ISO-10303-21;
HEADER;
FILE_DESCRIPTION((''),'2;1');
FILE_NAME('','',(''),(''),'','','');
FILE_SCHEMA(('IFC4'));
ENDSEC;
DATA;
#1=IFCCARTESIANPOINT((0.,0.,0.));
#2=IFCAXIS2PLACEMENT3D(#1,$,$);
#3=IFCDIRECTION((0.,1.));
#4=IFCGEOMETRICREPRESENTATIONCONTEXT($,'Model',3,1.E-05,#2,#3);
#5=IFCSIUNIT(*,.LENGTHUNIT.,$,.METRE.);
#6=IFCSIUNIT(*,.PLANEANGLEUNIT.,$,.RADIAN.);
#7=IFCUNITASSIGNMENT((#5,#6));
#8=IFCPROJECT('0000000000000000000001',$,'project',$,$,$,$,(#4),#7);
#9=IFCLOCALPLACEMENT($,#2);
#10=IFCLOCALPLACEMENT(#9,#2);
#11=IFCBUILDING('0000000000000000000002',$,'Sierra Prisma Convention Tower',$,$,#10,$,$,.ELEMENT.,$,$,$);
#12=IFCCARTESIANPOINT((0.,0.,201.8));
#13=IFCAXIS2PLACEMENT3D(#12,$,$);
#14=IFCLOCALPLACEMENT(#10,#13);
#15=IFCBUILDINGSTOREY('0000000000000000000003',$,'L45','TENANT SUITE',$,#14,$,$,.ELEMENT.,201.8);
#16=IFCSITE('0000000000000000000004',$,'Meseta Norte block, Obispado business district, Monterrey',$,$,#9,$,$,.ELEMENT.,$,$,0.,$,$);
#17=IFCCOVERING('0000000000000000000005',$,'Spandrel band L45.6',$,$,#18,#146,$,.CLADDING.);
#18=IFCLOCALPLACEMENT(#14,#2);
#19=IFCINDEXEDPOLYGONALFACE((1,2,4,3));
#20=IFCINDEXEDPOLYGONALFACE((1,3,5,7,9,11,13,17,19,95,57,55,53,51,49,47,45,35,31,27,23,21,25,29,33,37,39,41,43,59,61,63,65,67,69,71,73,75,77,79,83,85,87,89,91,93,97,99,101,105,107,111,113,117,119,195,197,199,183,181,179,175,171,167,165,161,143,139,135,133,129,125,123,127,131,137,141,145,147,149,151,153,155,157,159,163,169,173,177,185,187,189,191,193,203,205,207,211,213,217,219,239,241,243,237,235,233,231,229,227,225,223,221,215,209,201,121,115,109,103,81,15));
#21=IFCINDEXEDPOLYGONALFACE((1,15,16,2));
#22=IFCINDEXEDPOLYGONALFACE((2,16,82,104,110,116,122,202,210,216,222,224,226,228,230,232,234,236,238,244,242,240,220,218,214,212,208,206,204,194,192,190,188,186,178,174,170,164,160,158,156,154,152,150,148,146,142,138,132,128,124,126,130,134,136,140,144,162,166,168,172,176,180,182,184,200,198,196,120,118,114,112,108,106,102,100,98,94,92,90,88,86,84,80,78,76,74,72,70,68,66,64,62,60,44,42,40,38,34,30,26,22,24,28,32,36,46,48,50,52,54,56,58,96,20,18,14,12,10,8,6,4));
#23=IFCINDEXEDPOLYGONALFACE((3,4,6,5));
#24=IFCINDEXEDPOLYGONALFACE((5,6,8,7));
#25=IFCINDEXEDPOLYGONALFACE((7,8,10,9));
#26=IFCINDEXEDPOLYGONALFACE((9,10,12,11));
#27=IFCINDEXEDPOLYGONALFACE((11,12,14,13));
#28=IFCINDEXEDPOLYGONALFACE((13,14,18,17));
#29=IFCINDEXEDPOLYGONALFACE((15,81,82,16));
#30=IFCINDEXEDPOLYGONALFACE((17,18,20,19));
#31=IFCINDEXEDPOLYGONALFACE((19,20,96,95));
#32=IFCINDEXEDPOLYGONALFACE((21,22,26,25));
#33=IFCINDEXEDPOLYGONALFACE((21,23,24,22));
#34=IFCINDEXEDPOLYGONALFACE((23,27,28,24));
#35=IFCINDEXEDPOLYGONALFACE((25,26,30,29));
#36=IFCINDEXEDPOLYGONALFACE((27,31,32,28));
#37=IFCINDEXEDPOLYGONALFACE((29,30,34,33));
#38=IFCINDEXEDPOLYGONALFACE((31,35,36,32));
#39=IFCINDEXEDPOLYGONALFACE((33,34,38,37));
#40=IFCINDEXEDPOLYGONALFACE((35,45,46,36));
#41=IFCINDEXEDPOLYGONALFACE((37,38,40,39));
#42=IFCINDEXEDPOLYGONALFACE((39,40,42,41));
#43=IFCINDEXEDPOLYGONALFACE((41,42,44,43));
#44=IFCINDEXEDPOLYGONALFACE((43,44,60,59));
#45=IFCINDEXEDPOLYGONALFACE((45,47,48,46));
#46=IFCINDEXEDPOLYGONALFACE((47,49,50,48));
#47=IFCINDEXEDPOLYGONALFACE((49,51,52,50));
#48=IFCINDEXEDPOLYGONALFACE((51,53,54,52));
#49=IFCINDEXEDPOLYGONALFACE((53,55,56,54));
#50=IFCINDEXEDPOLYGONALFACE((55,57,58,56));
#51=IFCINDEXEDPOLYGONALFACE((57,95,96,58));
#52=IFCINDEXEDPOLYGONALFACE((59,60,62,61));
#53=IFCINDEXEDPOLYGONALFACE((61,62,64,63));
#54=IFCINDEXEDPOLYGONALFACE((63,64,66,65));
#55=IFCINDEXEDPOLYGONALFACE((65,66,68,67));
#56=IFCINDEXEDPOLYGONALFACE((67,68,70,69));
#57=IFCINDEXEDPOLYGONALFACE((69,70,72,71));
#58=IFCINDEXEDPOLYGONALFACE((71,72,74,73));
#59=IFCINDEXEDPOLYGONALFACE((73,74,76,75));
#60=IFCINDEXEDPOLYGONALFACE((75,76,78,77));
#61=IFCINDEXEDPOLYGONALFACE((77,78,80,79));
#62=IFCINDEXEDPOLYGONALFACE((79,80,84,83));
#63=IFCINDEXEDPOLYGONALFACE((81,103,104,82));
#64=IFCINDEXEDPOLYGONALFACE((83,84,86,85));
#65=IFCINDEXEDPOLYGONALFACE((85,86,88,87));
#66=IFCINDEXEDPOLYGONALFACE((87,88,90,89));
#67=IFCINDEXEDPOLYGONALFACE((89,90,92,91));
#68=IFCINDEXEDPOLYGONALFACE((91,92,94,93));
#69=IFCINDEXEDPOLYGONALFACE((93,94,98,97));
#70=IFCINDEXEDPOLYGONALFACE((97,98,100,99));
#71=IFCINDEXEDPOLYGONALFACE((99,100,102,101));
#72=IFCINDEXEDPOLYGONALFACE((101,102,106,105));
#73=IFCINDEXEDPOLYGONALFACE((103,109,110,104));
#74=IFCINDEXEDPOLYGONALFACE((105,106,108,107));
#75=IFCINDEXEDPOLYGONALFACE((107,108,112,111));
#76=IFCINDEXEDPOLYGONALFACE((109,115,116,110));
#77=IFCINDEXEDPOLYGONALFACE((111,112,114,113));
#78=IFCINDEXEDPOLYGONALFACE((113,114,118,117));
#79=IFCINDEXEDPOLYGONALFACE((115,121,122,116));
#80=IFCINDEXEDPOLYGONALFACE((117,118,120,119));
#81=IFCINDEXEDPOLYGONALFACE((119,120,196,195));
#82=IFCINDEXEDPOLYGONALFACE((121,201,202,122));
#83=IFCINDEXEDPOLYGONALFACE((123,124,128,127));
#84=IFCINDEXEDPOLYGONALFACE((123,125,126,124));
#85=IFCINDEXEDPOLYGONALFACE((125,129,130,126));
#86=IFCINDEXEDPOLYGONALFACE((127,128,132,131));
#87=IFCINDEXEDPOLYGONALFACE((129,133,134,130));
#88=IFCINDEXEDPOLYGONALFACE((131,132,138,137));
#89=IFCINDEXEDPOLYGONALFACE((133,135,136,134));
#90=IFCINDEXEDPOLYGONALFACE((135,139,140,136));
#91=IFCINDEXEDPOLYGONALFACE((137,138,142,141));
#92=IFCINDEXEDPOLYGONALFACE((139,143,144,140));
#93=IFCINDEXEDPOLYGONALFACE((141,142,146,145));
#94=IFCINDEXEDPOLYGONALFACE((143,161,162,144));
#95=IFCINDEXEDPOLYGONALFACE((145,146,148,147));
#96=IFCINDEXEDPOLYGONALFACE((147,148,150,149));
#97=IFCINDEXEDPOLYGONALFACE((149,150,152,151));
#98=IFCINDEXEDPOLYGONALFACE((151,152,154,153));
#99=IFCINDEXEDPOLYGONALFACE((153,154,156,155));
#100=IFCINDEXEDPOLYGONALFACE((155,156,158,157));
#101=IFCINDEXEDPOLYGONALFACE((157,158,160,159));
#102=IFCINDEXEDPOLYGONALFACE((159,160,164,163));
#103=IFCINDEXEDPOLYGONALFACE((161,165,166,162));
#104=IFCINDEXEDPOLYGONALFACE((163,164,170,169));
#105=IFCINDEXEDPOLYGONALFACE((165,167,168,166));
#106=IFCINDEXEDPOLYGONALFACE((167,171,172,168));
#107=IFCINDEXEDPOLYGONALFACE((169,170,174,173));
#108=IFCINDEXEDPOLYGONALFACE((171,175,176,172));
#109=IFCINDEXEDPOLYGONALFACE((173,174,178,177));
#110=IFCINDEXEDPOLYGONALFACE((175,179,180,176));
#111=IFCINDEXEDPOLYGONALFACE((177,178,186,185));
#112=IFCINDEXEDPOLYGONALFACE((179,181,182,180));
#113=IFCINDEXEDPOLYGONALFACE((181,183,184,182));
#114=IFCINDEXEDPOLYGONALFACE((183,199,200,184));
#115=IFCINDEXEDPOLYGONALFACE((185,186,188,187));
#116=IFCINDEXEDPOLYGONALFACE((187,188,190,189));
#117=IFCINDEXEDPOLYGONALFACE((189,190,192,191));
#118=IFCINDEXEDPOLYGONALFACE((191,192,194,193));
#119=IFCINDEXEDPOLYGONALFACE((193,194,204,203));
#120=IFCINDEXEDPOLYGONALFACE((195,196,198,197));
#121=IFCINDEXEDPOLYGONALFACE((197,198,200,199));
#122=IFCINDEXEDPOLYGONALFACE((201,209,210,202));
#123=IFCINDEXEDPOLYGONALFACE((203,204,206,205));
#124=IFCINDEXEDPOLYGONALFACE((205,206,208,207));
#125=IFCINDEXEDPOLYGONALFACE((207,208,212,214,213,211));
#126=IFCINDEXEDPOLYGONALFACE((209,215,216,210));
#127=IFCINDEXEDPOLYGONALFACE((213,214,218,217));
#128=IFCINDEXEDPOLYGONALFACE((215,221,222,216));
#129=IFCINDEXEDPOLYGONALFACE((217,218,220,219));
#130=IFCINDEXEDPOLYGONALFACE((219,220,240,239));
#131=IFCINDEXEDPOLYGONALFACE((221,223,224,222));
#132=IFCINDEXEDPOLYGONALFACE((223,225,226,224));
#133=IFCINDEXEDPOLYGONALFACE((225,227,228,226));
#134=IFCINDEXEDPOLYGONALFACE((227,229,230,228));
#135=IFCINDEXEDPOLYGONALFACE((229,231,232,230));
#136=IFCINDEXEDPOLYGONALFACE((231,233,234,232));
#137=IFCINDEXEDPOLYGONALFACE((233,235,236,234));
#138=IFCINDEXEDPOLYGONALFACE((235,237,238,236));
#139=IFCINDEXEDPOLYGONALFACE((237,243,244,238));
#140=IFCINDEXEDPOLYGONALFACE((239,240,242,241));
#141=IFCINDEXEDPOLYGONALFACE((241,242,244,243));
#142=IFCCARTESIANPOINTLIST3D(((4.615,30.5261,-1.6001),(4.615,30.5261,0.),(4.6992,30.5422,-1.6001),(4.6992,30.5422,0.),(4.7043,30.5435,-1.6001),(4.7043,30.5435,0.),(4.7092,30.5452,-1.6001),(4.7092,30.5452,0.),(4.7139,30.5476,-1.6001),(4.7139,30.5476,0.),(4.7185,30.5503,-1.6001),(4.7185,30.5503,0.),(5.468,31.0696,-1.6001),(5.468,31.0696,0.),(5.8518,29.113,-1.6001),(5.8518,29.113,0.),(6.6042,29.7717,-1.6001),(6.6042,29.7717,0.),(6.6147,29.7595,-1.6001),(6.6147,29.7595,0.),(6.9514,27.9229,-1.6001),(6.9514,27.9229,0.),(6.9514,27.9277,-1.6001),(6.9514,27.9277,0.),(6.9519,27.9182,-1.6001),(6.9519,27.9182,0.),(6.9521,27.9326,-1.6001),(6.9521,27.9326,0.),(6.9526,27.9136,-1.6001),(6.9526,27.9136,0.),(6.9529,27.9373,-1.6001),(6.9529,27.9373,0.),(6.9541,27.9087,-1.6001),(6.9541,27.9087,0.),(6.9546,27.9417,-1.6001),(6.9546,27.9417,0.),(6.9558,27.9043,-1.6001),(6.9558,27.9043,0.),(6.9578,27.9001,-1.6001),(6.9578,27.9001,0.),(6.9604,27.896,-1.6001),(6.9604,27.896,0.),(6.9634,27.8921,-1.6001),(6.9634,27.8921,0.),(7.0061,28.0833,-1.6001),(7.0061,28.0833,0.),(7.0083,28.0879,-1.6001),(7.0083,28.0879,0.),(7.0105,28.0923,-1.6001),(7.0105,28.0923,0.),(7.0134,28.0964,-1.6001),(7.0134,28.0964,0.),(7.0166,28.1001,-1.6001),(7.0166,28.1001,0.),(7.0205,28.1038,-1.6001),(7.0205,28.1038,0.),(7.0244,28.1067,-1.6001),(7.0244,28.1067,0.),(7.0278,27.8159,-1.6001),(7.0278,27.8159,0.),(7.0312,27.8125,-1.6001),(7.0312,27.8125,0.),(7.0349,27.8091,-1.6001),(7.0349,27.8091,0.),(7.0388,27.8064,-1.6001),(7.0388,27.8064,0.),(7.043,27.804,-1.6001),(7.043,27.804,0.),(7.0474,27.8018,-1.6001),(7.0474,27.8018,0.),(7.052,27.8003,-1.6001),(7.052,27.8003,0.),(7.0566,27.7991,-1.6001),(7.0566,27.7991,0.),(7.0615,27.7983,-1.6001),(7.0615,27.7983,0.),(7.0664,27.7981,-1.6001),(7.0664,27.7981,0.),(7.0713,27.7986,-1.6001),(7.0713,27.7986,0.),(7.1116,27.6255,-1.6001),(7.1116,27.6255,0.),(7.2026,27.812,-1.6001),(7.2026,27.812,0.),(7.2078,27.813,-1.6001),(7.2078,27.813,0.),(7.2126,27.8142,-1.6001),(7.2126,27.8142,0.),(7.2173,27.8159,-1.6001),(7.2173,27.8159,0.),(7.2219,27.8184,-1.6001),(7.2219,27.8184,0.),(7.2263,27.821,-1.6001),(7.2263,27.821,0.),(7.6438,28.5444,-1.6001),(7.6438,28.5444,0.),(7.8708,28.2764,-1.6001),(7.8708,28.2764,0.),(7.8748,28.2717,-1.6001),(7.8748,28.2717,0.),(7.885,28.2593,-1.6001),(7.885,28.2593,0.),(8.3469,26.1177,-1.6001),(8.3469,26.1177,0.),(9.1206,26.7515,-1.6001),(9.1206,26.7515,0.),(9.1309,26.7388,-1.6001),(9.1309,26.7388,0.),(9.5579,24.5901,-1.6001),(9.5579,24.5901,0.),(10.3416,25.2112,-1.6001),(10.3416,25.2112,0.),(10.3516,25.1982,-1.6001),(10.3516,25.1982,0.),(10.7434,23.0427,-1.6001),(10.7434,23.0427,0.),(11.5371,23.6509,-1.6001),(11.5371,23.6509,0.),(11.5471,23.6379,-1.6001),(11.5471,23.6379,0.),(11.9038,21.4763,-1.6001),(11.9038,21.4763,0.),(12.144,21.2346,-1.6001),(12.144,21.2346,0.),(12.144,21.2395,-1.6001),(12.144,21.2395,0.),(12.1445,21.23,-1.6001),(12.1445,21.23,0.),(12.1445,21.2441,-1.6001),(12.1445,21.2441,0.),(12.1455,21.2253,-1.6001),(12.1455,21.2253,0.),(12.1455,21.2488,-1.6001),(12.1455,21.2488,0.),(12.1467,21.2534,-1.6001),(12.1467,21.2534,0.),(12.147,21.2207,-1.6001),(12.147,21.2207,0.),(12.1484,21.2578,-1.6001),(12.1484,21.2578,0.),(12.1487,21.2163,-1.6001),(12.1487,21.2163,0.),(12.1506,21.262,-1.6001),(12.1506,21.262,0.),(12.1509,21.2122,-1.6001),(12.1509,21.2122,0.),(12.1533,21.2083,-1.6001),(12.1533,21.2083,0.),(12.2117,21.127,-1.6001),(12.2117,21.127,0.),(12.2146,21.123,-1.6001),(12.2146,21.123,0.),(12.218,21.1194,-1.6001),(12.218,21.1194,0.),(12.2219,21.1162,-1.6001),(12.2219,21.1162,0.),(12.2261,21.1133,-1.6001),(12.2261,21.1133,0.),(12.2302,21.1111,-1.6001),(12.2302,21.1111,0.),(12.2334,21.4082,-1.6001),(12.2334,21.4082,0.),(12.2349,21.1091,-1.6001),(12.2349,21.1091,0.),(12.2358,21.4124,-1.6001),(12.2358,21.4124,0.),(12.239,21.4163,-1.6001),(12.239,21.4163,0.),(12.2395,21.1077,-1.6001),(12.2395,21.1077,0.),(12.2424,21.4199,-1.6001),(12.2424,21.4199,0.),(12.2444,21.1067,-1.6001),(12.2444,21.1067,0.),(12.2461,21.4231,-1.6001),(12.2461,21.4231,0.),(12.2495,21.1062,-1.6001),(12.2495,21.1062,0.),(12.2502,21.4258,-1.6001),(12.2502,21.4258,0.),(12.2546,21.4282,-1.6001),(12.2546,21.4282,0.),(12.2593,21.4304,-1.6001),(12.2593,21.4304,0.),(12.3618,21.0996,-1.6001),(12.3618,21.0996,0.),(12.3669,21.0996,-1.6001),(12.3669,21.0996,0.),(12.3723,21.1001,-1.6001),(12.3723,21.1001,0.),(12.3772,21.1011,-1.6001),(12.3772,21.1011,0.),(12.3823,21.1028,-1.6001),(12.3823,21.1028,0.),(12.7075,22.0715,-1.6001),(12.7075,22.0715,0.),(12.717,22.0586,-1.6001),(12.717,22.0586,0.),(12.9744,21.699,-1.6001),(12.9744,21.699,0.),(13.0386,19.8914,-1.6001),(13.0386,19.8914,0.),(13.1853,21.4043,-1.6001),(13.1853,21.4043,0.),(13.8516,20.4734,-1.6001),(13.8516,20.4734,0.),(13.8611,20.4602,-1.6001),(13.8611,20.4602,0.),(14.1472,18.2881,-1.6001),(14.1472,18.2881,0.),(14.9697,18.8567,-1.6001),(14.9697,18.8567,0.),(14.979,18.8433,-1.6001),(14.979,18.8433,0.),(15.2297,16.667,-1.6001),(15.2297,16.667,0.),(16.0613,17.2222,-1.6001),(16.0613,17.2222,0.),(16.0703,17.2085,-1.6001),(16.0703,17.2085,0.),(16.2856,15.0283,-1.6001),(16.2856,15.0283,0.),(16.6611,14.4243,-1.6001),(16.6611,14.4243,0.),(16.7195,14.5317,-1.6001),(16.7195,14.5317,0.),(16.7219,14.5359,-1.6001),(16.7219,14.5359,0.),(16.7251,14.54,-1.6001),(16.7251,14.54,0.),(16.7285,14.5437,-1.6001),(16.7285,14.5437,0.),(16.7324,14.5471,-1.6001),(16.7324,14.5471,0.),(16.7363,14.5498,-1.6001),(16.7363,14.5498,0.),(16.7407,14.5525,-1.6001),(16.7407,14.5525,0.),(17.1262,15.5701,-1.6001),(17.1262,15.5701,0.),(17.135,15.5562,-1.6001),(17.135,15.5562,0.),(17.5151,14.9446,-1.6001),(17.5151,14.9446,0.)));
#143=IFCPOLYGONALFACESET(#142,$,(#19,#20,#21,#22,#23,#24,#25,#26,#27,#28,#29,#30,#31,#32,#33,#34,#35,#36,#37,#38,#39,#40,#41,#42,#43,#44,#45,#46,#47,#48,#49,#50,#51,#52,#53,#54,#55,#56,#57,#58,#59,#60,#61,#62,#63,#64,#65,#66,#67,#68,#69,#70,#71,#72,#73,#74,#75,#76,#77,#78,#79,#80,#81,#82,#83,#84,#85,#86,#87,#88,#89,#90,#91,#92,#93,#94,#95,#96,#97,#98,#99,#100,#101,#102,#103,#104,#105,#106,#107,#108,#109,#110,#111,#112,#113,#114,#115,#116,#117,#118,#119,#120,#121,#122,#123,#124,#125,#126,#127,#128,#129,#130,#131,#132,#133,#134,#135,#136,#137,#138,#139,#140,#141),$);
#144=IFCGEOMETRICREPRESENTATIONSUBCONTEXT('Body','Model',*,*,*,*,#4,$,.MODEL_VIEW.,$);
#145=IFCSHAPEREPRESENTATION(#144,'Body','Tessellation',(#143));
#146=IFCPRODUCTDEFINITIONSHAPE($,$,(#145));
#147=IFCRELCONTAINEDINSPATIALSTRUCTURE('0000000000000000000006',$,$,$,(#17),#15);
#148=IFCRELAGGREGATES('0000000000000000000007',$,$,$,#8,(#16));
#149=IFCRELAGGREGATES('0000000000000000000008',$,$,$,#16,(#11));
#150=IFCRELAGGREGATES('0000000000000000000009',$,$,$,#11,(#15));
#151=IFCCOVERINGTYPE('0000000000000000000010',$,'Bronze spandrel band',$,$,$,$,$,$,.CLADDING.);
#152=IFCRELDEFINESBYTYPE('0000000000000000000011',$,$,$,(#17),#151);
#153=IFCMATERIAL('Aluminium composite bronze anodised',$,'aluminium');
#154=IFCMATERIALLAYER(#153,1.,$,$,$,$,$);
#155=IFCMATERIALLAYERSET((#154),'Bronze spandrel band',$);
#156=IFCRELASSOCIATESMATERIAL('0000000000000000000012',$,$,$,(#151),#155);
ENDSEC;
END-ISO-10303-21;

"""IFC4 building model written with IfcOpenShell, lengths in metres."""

from ifc_helpers import new_model, si_unit, direction, frame, origin, place, context, subcontext, project, spatial, polyline, outline, extrude, material, layer, layer_set, type_object, element, save


model = new_model("IFC4")

# Units and contexts
model_context = context("Model", 3, precision=1e-05, world=origin(), true_north=direction((0.0, 1.0)))
body_context = subcontext(model_context, "Body", "Model", "MODEL_VIEW")
ifc_project = project(units=[si_unit("LENGTHUNIT", "METRE"), si_unit("PLANEANGLEUNIT", "RADIAN")], contexts=[model_context])

# Site, building, storey
site_placement = place(None, origin())
site = spatial("IfcSite", under=ifc_project, at=site_placement, Name="Meseta Norte block, Obispado business district, Monterrey", CompositionType="ELEMENT", RefElevation=0.0)
building_placement = place(site_placement, origin())
building = spatial("IfcBuilding", under=site, at=building_placement, Name="Sierra Prisma Convention Tower", CompositionType="ELEMENT")
storey_placement = place(building_placement, frame((0.0, 0.0, 201.8)))
storey = spatial("IfcBuildingStorey", under=building, at=storey_placement, Name="L45", Description="TENANT SUITE", CompositionType="ELEMENT", Elevation=201.8)

# Covering
ifc_material_1 = material(Name="Aluminium composite bronze anodised", Category="aluminium")
ifc_layer_1 = layer(ifc_material_1, 1.0)
ifc_layer_set_1 = layer_set([ifc_layer_1], Name="Bronze spandrel band")
covering_type_1 = type_object("IfcCoveringType", Name="Bronze spandrel band", PredefinedType="CLADDING", material=ifc_layer_set_1)
covering_1_placement = place(storey_placement, frame((0.0, 0.0, -1.6001)))
element("IfcCovering", 1, at=covering_1_placement, inside=storey, type_object=covering_type_1, Name="Spandrel band L45.6", PredefinedType="CLADDING", context=body_context, shape_type="SweptSolid", body=[
    extrude(outline(polyline([(7.0105, 28.0923), (7.0083, 28.0879), (7.0061, 28.0833), (6.9546, 27.9417), (6.9529, 27.9373), (6.9521, 27.9326), (6.9514, 27.9277), (6.9514, 27.9229), (6.9519, 27.9182), (6.9526, 27.9136), (6.9541, 27.9087), (6.9558, 27.9043), (6.9578, 27.9001), (6.9604, 27.896), (6.9634, 27.8921), (7.0278, 27.8159), (7.0312, 27.8125), (7.0349, 27.8091), (7.0388, 27.8064), (7.043, 27.804), (7.0474, 27.8018), (7.052, 27.8003), (7.0566, 27.7991), (7.0615, 27.7983), (7.0664, 27.7981), (7.0713, 27.7986), (7.2026, 27.812), (7.2078, 27.813), (7.2126, 27.8142), (7.2173, 27.8159), (7.2219, 27.8184), (7.2263, 27.821), (7.8708, 28.2764), (7.8748, 28.2717), (7.885, 28.2593), (9.1206, 26.7515), (9.1309, 26.7388), (10.3416, 25.2112), (10.3516, 25.1982), (11.5371, 23.6509), (11.5471, 23.6379), (12.7075, 22.0715), (12.717, 22.0586), (12.9744, 21.699), (12.2593, 21.4304), (12.2546, 21.4282), (12.2502, 21.4258), (12.2461, 21.4231), (12.2424, 21.4199), (12.239, 21.4163), (12.2358, 21.4124), (12.2334, 21.4082), (12.1506, 21.262), (12.1484, 21.2578), (12.1467, 21.2534), (12.1455, 21.2488), (12.1445, 21.2441), (12.144, 21.2395), (12.144, 21.2346), (12.1445, 21.23), (12.1455, 21.2253), (12.147, 21.2207), (12.1487, 21.2163), (12.1509, 21.2122), (12.1533, 21.2083), (12.2117, 21.127), (12.2146, 21.123), (12.218, 21.1194), (12.2219, 21.1162), (12.2261, 21.1133), (12.2302, 21.1111), (12.2349, 21.1091), (12.2395, 21.1077), (12.2444, 21.1067), (12.2495, 21.1062), (12.3618, 21.0996), (12.3669, 21.0996), (12.3723, 21.1001), (12.3772, 21.1011), (12.3823, 21.1028), (13.1853, 21.4043), (13.8516, 20.4734), (13.8611, 20.4602), (14.9697, 18.8567), (14.979, 18.8433), (16.0613, 17.2222), (16.0703, 17.2085), (17.1262, 15.5701), (17.135, 15.5562), (17.5151, 14.9446), (16.7407, 14.5525), (16.7363, 14.5498), (16.7324, 14.5471), (16.7285, 14.5437), (16.7251, 14.54), (16.7219, 14.5359), (16.7195, 14.5317), (16.6611, 14.4243), (16.2856, 15.0283), (15.2297, 16.667), (14.1472, 18.2881), (13.0386, 19.8914), (11.9038, 21.4763), (10.7434, 23.0427), (9.5579, 24.5901), (8.3469, 26.1177), (7.1116, 27.6255), (5.8518, 29.113), (4.615, 30.5261), (4.6992, 30.5422), (4.7043, 30.5435), (4.7092, 30.5452), (4.7139, 30.5476), (4.7185, 30.5503), (5.468, 31.0696), (6.6042, 29.7717), (6.6147, 29.7595), (7.6438, 28.5444), (7.0244, 28.1067), (7.0205, 28.1038), (7.0166, 28.1001), (7.0134, 28.0964), (7.0105, 28.0923)])), origin(), (0.0, 0.0, 1.0), 1.6001),
])

save(model, "model.ifc")
